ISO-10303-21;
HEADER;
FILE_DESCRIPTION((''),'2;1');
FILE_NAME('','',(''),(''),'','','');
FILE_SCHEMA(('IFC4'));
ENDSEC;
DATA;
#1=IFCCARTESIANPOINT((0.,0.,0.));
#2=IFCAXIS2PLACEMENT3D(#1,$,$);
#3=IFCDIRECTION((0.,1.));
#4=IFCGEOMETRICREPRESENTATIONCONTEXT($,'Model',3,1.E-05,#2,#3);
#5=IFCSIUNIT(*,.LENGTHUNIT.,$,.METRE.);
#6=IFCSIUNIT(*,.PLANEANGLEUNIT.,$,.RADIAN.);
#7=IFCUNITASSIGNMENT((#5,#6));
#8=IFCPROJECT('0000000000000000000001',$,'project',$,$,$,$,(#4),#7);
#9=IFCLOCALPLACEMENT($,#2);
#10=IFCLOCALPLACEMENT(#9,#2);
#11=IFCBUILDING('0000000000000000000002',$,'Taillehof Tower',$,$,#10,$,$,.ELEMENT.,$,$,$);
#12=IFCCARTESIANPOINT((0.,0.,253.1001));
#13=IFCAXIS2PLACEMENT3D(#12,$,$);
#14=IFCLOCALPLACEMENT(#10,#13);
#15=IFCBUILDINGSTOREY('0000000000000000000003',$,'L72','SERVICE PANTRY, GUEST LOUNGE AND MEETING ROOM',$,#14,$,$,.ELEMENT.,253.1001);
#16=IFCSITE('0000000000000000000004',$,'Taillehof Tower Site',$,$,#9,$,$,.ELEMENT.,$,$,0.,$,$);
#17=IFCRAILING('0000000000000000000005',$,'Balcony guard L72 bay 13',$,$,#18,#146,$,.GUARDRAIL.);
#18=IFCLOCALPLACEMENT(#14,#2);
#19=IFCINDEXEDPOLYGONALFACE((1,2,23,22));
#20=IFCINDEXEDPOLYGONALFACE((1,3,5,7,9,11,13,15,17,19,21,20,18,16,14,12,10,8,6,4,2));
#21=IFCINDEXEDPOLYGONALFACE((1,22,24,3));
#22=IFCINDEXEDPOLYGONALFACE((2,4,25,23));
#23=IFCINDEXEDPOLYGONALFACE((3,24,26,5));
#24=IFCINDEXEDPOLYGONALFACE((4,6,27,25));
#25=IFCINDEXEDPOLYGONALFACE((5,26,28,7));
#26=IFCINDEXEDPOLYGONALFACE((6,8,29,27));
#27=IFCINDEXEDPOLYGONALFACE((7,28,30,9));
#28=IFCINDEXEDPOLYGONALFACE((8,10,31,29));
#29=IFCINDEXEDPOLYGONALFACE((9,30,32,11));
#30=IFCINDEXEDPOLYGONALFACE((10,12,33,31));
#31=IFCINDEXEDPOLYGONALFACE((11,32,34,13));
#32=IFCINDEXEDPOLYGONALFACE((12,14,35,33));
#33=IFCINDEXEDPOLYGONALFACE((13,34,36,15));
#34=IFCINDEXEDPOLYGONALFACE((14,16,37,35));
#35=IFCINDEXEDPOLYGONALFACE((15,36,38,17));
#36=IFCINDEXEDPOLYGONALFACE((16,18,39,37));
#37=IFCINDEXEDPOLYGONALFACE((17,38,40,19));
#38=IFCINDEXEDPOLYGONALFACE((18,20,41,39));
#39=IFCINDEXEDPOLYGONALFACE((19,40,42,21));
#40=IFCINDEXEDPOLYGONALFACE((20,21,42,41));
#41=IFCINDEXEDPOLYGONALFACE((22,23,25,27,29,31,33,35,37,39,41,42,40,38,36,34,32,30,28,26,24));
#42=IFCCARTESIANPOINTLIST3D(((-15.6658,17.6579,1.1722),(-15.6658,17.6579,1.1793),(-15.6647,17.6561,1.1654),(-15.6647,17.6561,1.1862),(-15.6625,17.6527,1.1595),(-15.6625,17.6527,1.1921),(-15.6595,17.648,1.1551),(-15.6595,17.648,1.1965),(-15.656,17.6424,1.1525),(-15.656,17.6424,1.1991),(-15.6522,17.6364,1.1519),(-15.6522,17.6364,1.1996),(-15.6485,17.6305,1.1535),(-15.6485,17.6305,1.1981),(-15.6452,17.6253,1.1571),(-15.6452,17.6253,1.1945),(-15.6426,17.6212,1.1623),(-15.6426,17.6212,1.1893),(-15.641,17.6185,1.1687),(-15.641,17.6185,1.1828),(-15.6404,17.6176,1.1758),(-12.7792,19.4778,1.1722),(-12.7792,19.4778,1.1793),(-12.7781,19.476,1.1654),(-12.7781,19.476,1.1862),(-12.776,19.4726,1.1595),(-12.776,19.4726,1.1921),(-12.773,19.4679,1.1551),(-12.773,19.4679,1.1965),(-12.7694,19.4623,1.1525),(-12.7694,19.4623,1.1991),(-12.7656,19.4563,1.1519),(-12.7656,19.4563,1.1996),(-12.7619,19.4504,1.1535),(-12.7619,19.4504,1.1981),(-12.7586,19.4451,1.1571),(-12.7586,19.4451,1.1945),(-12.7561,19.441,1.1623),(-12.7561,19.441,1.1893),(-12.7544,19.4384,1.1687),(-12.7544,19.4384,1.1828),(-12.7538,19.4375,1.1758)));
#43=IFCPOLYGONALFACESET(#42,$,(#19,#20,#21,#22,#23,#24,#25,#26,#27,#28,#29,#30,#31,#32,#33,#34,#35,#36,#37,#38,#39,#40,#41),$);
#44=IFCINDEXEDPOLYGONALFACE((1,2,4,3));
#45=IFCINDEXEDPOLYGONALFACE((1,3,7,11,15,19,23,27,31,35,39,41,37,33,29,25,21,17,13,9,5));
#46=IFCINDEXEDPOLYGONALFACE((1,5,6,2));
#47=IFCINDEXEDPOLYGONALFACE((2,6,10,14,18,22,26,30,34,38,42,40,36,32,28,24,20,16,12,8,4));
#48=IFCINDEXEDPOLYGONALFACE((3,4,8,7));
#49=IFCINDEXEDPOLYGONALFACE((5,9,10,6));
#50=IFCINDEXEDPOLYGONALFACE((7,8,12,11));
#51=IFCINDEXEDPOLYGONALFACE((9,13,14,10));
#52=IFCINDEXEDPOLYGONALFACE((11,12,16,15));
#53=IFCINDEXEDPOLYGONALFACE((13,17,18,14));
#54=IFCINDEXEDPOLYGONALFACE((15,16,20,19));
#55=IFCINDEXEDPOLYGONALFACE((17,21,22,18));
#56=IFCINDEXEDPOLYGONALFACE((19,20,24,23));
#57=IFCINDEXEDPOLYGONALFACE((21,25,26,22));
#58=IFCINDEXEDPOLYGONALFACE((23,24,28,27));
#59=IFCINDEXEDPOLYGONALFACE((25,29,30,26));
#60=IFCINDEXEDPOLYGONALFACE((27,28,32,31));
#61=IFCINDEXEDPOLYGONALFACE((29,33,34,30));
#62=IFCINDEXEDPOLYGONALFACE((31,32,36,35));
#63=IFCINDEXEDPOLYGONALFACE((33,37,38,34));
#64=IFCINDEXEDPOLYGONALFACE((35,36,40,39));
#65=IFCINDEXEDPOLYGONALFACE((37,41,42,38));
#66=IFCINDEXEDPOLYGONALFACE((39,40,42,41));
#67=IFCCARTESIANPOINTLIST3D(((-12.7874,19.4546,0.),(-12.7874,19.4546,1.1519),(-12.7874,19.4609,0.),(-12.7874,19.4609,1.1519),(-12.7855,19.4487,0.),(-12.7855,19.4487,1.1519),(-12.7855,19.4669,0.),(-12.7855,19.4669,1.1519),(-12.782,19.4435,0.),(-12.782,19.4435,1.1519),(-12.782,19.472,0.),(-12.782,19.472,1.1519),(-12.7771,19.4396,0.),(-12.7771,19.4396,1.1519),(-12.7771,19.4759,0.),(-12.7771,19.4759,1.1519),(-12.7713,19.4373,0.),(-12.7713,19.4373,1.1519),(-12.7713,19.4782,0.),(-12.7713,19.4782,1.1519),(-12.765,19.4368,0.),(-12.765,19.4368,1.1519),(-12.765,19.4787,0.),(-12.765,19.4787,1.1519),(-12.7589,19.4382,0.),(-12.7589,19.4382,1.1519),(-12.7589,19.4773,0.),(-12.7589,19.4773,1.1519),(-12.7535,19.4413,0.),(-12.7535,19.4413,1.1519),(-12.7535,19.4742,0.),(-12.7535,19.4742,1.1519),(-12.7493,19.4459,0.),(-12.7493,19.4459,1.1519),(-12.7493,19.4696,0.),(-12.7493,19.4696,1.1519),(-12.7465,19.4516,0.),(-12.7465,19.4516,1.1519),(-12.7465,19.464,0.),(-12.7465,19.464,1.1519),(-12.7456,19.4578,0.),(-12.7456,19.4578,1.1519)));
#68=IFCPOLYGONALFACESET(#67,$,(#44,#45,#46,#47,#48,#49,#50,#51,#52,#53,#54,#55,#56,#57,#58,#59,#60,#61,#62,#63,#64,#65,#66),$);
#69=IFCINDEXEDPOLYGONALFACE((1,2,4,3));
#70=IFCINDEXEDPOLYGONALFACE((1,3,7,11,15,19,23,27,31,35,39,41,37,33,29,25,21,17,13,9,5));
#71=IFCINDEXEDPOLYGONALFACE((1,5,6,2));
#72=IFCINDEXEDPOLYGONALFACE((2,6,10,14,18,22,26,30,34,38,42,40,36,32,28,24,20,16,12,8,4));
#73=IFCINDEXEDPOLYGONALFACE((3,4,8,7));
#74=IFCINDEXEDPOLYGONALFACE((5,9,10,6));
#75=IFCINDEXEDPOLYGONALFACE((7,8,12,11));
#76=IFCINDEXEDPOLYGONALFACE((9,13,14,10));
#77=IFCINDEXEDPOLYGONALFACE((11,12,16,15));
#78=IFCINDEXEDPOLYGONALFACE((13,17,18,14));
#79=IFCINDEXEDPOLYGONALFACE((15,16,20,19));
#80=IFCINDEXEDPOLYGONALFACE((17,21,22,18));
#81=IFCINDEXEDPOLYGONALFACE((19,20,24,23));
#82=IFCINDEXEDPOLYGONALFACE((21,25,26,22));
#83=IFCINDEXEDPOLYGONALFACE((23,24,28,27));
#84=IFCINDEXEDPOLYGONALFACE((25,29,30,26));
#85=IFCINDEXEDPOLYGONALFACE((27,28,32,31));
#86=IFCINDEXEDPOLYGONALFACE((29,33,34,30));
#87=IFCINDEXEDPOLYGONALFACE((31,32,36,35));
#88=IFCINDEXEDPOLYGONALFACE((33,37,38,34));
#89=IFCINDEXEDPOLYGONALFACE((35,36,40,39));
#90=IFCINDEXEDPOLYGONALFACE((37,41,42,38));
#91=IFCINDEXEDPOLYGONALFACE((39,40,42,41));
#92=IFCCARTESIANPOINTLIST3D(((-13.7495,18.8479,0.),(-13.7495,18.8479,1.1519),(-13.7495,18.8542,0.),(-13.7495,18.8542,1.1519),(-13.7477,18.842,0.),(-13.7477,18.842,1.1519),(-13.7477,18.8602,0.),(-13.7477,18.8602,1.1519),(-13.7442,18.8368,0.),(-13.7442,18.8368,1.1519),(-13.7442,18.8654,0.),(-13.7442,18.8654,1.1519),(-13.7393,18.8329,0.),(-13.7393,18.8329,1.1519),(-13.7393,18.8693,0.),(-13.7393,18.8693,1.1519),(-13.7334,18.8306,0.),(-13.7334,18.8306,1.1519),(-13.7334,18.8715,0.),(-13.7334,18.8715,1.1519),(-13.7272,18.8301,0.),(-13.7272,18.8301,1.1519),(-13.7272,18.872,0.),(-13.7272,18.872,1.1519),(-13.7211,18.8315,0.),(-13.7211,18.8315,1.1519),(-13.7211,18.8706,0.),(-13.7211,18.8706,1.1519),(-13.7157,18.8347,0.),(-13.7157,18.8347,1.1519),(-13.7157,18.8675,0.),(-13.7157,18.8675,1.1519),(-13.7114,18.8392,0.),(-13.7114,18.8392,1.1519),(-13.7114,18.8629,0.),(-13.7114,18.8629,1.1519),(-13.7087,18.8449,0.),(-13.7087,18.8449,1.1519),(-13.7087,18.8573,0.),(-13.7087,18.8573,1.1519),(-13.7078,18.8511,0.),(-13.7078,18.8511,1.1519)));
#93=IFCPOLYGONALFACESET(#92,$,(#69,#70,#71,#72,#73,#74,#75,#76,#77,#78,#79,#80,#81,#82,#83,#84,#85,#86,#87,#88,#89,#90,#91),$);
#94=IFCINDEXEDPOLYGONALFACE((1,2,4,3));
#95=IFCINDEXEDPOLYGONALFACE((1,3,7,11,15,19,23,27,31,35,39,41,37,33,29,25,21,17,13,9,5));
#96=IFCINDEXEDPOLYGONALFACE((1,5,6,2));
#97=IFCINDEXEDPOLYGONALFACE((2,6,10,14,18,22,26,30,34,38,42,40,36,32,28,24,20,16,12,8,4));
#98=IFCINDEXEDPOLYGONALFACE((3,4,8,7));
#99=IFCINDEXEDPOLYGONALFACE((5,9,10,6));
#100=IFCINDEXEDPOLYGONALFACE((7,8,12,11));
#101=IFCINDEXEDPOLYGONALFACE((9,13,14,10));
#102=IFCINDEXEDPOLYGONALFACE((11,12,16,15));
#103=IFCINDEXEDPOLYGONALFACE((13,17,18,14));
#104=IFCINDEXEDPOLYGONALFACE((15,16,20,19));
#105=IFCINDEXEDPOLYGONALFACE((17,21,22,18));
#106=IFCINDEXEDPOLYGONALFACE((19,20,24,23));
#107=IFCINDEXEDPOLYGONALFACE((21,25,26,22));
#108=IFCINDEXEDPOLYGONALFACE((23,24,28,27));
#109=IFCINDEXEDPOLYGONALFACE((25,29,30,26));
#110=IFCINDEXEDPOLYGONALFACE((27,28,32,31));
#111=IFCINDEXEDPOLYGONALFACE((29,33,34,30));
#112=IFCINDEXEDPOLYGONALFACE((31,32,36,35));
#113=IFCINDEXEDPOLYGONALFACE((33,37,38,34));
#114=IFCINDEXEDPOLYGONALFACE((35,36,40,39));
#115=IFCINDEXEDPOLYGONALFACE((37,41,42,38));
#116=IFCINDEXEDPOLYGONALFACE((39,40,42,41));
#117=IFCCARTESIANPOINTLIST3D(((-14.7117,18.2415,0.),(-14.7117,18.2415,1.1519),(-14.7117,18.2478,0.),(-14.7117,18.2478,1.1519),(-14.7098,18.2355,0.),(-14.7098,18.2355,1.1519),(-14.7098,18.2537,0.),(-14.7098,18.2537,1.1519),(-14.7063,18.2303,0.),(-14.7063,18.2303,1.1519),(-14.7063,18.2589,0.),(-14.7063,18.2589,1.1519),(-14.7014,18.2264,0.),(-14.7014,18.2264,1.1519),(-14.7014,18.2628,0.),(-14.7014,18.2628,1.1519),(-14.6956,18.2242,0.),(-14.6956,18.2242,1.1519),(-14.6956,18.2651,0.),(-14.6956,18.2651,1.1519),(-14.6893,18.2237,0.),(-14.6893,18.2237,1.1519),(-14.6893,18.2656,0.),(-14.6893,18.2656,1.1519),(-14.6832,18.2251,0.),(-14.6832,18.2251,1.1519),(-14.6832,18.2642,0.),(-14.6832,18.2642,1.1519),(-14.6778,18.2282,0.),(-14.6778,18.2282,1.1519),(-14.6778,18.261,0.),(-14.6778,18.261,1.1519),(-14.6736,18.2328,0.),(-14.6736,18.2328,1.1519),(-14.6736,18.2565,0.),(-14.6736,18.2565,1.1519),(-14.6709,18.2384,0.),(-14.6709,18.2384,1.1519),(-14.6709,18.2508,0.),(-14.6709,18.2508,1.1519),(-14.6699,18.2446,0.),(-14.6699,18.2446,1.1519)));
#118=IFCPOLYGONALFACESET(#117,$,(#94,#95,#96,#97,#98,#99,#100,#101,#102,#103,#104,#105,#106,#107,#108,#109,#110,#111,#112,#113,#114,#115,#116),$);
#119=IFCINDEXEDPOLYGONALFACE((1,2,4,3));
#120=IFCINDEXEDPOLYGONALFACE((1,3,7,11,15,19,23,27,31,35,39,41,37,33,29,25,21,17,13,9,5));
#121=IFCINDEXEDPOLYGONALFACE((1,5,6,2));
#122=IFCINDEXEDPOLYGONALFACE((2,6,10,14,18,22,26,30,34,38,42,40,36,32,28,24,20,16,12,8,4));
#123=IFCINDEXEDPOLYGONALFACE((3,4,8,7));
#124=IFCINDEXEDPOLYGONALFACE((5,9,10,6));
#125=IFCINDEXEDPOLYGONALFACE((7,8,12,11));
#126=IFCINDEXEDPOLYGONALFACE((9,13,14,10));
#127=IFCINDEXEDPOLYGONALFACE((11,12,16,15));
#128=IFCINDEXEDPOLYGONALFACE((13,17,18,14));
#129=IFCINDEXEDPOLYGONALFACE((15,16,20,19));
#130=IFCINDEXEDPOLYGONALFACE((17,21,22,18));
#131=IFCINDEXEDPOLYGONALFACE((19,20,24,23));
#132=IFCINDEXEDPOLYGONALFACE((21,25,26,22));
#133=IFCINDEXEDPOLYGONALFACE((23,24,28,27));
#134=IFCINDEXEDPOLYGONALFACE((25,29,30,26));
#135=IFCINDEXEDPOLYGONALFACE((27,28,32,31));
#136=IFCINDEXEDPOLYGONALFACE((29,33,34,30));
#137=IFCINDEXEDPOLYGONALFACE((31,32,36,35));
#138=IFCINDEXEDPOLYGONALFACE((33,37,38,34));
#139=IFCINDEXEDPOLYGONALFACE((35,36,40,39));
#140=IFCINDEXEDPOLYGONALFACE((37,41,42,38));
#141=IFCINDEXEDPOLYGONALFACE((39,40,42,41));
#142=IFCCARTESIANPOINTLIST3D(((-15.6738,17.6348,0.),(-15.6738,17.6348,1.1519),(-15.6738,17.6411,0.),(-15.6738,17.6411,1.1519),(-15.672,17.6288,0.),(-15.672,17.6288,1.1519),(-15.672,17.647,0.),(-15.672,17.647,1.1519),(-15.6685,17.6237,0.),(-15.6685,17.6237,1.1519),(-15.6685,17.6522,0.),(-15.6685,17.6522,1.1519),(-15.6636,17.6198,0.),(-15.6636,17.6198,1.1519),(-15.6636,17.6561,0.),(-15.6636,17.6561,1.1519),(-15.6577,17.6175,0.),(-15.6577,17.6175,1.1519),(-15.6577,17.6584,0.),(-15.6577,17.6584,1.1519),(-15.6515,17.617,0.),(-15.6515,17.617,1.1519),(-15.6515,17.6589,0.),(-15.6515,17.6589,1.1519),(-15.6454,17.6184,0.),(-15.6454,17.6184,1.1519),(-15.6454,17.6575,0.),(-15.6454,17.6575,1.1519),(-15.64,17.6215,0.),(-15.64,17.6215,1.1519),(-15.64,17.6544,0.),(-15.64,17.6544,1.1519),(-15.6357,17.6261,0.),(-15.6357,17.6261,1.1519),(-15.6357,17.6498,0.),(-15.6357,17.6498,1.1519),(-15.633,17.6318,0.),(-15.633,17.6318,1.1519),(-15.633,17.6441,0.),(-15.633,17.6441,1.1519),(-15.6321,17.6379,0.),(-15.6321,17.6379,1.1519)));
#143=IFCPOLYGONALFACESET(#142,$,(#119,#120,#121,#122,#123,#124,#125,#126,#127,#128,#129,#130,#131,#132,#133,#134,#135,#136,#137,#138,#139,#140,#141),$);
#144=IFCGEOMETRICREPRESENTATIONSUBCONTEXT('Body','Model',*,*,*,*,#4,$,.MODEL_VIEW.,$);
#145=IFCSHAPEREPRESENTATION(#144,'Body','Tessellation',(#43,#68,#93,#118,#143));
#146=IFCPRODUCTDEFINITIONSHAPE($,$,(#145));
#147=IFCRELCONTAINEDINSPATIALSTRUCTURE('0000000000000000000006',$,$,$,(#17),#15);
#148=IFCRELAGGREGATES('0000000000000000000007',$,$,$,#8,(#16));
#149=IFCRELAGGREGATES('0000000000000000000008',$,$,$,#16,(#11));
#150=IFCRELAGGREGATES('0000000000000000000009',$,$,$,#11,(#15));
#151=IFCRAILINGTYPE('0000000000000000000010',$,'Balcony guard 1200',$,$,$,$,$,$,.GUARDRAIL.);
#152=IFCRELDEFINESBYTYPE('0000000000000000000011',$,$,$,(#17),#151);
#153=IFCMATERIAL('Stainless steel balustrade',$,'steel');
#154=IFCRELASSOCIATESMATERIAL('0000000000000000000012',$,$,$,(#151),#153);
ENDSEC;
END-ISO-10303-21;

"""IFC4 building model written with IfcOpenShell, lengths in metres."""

from ifc_helpers import new_model, si_unit, direction, frame, origin, origin_2d, place, context, subcontext, project, spatial, circle, extrude, material, type_object, element, save


model = new_model("IFC4")

# Units and contexts
model_context = context("Model", 3, precision=1e-05, world=origin(), true_north=direction((0.0, 1.0)))
body_context = subcontext(model_context, "Body", "Model", "MODEL_VIEW")
ifc_project = project(units=[si_unit("LENGTHUNIT", "METRE"), si_unit("PLANEANGLEUNIT", "RADIAN")], contexts=[model_context])

# Site, building, storey
site_placement = place(None, origin())
site = spatial("IfcSite", under=ifc_project, at=site_placement, Name="Taillehof Tower Site", CompositionType="ELEMENT", RefElevation=0.0)
building_placement = place(site_placement, origin())
building = spatial("IfcBuilding", under=site, at=building_placement, Name="Taillehof Tower", CompositionType="ELEMENT")
storey_placement = place(building_placement, frame((0.0, 0.0, 253.1001)))
storey = spatial("IfcBuildingStorey", under=building, at=storey_placement, Name="L72", Description="SERVICE PANTRY, GUEST LOUNGE AND MEETING ROOM", CompositionType="ELEMENT", Elevation=253.1001)

# Railing
ifc_material_1 = material(Name="Stainless steel balustrade", Category="steel")
railing_type = type_object("IfcRailingType", Name="Balcony guard 1200", PredefinedType="GUARDRAIL", material=ifc_material_1)
railing_1_placement = place(storey_placement, frame((-12.7666, 19.4578, 0.0)))
element("IfcRailing", 1, at=railing_1_placement, inside=storey, type_object=railing_type, Name="Balcony guard L72 bay 13", PredefinedType="GUARDRAIL", context=body_context, shape_type="SweptSolid", body=[
    extrude(circle(Radius=0.0239, at=origin_2d()), frame((0.0, 0.0, 1.1758), z_axis=(-0.845914, -0.53332, 0.0), x_axis=(0.53332, -0.845914, 0.0)), (0.0, 0.0, 1.0), 3.4124),
    extrude(circle(Radius=0.021, at=origin_2d()), origin(), (0.0, 0.0, 1.0), 1.1519),
    extrude(circle(Radius=0.021, at=origin_2d()), frame((-0.9622, -0.6067, 0.0)), (0.0, 0.0, 1.0), 1.1519),
    extrude(circle(Radius=0.021, at=origin_2d()), frame((-1.9243, -1.2131, 0.0)), (0.0, 0.0, 1.0), 1.1519),
    extrude(circle(Radius=0.021, at=origin_2d()), frame((-2.8865, -1.8198, 0.0)), (0.0, 0.0, 1.0), 1.1519),
])

save(model, "model.ifc")
